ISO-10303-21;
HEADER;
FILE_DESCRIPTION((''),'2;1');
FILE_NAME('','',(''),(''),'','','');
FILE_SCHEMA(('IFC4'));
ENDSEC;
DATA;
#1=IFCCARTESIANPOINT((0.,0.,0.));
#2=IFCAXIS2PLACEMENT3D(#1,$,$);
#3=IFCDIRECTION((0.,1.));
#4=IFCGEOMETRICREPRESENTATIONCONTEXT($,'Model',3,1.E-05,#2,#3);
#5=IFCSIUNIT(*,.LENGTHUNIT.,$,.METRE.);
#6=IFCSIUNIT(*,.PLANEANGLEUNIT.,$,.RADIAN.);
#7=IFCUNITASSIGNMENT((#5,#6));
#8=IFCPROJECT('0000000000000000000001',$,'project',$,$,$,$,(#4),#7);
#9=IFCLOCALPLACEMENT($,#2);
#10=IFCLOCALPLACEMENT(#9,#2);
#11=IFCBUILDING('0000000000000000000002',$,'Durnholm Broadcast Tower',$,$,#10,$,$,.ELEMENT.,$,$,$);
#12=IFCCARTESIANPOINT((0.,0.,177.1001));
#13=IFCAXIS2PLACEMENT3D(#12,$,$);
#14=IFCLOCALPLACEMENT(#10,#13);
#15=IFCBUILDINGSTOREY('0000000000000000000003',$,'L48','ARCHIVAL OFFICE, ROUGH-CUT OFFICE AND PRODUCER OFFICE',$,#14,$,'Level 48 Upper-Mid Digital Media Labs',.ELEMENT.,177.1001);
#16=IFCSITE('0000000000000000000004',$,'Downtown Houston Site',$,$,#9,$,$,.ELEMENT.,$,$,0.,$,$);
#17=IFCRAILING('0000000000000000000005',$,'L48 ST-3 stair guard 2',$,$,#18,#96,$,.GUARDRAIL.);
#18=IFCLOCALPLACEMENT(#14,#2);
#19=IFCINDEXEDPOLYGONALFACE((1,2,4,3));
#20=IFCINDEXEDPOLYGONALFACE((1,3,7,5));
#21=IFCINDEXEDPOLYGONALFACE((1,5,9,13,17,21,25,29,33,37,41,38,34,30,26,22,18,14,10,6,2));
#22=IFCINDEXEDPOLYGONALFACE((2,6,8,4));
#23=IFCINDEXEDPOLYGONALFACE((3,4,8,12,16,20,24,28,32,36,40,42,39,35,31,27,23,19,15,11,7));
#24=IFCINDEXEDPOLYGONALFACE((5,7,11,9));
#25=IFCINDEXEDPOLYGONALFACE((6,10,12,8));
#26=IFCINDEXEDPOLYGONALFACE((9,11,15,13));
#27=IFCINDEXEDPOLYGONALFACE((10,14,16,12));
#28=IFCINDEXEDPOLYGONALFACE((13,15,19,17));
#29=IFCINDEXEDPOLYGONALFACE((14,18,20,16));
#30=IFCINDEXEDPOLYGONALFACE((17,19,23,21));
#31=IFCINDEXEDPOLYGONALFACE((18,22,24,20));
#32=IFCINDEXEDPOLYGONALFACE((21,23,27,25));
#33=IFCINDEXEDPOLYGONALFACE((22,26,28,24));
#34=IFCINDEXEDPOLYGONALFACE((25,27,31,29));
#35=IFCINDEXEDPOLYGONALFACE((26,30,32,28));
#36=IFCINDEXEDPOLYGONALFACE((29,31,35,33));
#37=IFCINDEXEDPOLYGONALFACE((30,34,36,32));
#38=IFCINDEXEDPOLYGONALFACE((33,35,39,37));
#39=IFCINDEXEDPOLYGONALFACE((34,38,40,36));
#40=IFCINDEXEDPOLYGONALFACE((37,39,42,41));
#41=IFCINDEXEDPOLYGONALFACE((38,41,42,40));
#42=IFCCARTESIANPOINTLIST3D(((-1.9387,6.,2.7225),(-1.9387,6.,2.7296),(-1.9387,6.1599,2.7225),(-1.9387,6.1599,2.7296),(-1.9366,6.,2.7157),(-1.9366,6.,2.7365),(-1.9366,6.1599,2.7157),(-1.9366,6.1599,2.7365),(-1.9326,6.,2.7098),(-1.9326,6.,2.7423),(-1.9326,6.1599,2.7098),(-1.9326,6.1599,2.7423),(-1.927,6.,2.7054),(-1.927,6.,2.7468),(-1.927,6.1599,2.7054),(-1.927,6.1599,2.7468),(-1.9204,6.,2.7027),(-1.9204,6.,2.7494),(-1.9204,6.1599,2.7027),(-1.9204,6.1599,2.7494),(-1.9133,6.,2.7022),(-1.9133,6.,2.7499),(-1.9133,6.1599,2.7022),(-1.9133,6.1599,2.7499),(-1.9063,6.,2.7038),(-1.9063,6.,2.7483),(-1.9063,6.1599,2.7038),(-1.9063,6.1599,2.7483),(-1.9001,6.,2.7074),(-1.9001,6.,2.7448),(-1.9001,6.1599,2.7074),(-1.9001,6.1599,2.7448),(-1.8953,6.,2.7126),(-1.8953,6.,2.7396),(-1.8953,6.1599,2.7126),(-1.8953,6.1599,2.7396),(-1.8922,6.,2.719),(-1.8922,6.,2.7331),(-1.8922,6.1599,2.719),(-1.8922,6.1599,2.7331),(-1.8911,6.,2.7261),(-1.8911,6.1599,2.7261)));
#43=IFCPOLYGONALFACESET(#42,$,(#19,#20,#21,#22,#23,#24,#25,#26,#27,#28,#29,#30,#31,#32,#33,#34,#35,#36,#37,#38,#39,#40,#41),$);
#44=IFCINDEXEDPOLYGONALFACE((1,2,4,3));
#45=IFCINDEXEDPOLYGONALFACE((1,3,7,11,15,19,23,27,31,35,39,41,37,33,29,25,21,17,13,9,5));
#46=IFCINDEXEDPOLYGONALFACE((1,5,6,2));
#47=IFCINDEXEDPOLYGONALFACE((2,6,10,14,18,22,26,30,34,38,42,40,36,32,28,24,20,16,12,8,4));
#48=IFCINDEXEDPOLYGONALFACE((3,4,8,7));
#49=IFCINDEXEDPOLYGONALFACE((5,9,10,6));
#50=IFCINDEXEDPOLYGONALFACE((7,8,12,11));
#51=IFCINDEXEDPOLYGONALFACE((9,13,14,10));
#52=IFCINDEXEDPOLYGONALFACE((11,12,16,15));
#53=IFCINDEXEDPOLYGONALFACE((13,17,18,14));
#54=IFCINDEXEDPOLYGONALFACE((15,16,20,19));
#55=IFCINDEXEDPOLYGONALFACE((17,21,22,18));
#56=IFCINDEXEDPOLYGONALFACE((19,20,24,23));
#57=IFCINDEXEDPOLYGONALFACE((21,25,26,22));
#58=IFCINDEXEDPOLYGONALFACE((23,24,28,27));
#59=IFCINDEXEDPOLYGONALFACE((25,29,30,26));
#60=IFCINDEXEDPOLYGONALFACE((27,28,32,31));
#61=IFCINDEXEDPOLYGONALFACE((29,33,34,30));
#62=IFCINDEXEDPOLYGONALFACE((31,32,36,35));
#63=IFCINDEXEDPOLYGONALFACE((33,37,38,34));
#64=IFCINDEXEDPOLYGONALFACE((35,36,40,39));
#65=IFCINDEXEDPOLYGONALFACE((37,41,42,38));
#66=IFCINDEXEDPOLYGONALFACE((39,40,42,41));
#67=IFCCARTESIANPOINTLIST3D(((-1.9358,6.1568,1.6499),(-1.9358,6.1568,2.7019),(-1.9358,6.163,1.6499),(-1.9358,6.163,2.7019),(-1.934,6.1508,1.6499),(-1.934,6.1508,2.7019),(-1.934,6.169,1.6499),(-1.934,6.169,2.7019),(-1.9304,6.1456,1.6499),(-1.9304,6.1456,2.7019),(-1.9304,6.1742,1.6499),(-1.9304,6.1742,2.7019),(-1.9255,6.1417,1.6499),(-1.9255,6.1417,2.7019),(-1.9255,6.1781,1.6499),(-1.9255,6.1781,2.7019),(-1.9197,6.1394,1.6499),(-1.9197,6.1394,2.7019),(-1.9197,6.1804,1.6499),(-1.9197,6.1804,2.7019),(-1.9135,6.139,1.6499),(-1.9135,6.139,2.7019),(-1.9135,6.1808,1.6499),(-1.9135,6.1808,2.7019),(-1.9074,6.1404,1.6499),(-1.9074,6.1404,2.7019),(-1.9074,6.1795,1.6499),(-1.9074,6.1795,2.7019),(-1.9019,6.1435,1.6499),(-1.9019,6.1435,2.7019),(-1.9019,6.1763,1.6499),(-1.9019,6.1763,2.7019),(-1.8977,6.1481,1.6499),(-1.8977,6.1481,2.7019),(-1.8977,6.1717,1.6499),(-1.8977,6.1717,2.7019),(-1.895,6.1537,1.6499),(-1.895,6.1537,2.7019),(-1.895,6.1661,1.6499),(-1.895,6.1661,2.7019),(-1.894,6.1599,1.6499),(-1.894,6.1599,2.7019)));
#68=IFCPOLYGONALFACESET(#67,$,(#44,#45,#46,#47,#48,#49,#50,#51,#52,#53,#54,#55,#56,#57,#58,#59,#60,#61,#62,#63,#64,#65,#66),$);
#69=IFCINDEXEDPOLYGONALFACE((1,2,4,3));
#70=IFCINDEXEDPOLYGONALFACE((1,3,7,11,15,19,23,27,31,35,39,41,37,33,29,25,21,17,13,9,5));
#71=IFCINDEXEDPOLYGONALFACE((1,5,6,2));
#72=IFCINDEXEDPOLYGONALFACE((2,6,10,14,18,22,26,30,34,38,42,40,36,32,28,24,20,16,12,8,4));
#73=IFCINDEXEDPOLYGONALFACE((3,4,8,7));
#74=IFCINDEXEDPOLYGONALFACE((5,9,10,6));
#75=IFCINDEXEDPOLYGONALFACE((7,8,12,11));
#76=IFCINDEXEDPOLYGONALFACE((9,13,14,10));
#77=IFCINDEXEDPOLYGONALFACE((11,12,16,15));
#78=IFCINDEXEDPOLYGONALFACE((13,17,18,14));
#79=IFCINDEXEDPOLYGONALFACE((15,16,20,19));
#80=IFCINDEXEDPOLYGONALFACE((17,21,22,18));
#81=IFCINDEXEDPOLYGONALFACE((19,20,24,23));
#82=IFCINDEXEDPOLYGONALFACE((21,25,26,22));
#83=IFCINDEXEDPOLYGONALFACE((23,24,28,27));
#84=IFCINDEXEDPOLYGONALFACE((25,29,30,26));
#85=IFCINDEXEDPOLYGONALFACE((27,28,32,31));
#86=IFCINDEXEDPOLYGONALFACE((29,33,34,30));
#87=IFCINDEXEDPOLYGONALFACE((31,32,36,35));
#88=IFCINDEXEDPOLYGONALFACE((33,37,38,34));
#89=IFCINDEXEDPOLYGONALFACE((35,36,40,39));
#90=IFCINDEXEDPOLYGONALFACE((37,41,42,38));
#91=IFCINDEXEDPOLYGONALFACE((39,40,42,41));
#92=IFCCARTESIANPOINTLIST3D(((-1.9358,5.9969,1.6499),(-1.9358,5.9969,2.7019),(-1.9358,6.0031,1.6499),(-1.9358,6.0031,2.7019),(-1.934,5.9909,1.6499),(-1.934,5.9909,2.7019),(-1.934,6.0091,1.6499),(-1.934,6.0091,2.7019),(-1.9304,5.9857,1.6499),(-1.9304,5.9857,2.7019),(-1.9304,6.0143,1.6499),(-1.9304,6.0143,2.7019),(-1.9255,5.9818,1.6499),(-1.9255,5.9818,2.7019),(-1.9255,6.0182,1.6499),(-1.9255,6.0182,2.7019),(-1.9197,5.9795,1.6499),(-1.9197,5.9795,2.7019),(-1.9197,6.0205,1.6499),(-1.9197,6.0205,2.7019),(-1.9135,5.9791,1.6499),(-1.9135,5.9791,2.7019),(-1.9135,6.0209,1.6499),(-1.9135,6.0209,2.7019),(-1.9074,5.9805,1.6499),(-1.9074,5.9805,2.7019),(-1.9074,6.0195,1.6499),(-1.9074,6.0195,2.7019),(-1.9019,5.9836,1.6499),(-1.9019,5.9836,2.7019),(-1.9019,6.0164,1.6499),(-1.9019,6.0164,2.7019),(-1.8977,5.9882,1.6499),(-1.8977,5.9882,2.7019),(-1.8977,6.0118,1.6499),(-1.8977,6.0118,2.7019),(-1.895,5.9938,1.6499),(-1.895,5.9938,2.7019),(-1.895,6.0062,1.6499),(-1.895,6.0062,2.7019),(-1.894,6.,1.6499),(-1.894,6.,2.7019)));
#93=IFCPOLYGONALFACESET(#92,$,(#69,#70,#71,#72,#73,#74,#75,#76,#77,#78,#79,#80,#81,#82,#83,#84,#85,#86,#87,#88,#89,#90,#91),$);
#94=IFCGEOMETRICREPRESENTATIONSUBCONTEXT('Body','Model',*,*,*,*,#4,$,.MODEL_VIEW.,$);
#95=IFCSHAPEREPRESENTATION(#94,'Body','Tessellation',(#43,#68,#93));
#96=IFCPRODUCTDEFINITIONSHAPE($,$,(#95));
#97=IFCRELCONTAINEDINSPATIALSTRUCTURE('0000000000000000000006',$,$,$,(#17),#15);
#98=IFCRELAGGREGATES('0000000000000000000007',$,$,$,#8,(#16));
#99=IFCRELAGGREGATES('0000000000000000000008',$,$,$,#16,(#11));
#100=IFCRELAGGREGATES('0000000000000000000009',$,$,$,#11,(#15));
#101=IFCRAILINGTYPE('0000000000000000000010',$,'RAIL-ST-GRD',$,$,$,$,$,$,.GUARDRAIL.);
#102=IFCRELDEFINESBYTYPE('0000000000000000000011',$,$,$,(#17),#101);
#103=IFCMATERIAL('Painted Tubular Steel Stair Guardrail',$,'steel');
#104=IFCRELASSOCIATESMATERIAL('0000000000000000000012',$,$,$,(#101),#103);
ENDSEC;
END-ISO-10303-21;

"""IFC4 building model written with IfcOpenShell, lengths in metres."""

from ifc_helpers import new_model, si_unit, direction, frame, origin, origin_2d, place, context, subcontext, project, spatial, circle, extrude, material, type_object, element, save


model = new_model("IFC4")

# Units and contexts
model_context = context("Model", 3, precision=1e-05, world=origin(), true_north=direction((0.0, 1.0)))
body_context = subcontext(model_context, "Body", "Model", "MODEL_VIEW")
ifc_project = project(units=[si_unit("LENGTHUNIT", "METRE"), si_unit("PLANEANGLEUNIT", "RADIAN")], contexts=[model_context])

# Site, building, storey
site_placement = place(None, origin())
site = spatial("IfcSite", under=ifc_project, at=site_placement, Name="Downtown Houston Site", CompositionType="ELEMENT", RefElevation=0.0)
building_placement = place(site_placement, origin())
building = spatial("IfcBuilding", under=site, at=building_placement, Name="Durnholm Broadcast Tower", CompositionType="ELEMENT")
storey_placement = place(building_placement, frame((0.0, 0.0, 177.1001)))
storey = spatial("IfcBuildingStorey", under=building, at=storey_placement, Name="L48", Description="ARCHIVAL OFFICE, ROUGH-CUT OFFICE AND PRODUCER OFFICE", LongName="Level 48 Upper-Mid Digital Media Labs", CompositionType="ELEMENT", Elevation=177.1001)

# Railing
ifc_material_1 = material(Name="Painted Tubular Steel Stair Guardrail", Category="steel")
railing_type_1 = type_object("IfcRailingType", Name="RAIL-ST-GRD", PredefinedType="GUARDRAIL", material=ifc_material_1)
railing_1_placement = place(storey_placement, frame((-1.915, 6.1599, 1.6499)))
element("IfcRailing", 1, at=railing_1_placement, inside=storey, type_object=railing_type_1, Name="L48 ST-3 stair guard 2", PredefinedType="GUARDRAIL", context=body_context, shape_type="SweptSolid", body=[
    extrude(circle(Radius=0.0239, at=origin_2d()), frame((0.0, 0.0, 1.0762), z_axis=(0.0, -1.0, 0.0), x_axis=(1.0, 0.0, 0.0)), (0.0, 0.0, 1.0), 0.1599),
    extrude(circle(Radius=0.021, at=origin_2d()), origin(), (0.0, 0.0, 1.0), 1.052),
    extrude(circle(Radius=0.021, at=origin_2d()), frame((0.0, -0.1599, 0.0)), (0.0, 0.0, 1.0), 1.052),
])

save(model, "model.ifc")
